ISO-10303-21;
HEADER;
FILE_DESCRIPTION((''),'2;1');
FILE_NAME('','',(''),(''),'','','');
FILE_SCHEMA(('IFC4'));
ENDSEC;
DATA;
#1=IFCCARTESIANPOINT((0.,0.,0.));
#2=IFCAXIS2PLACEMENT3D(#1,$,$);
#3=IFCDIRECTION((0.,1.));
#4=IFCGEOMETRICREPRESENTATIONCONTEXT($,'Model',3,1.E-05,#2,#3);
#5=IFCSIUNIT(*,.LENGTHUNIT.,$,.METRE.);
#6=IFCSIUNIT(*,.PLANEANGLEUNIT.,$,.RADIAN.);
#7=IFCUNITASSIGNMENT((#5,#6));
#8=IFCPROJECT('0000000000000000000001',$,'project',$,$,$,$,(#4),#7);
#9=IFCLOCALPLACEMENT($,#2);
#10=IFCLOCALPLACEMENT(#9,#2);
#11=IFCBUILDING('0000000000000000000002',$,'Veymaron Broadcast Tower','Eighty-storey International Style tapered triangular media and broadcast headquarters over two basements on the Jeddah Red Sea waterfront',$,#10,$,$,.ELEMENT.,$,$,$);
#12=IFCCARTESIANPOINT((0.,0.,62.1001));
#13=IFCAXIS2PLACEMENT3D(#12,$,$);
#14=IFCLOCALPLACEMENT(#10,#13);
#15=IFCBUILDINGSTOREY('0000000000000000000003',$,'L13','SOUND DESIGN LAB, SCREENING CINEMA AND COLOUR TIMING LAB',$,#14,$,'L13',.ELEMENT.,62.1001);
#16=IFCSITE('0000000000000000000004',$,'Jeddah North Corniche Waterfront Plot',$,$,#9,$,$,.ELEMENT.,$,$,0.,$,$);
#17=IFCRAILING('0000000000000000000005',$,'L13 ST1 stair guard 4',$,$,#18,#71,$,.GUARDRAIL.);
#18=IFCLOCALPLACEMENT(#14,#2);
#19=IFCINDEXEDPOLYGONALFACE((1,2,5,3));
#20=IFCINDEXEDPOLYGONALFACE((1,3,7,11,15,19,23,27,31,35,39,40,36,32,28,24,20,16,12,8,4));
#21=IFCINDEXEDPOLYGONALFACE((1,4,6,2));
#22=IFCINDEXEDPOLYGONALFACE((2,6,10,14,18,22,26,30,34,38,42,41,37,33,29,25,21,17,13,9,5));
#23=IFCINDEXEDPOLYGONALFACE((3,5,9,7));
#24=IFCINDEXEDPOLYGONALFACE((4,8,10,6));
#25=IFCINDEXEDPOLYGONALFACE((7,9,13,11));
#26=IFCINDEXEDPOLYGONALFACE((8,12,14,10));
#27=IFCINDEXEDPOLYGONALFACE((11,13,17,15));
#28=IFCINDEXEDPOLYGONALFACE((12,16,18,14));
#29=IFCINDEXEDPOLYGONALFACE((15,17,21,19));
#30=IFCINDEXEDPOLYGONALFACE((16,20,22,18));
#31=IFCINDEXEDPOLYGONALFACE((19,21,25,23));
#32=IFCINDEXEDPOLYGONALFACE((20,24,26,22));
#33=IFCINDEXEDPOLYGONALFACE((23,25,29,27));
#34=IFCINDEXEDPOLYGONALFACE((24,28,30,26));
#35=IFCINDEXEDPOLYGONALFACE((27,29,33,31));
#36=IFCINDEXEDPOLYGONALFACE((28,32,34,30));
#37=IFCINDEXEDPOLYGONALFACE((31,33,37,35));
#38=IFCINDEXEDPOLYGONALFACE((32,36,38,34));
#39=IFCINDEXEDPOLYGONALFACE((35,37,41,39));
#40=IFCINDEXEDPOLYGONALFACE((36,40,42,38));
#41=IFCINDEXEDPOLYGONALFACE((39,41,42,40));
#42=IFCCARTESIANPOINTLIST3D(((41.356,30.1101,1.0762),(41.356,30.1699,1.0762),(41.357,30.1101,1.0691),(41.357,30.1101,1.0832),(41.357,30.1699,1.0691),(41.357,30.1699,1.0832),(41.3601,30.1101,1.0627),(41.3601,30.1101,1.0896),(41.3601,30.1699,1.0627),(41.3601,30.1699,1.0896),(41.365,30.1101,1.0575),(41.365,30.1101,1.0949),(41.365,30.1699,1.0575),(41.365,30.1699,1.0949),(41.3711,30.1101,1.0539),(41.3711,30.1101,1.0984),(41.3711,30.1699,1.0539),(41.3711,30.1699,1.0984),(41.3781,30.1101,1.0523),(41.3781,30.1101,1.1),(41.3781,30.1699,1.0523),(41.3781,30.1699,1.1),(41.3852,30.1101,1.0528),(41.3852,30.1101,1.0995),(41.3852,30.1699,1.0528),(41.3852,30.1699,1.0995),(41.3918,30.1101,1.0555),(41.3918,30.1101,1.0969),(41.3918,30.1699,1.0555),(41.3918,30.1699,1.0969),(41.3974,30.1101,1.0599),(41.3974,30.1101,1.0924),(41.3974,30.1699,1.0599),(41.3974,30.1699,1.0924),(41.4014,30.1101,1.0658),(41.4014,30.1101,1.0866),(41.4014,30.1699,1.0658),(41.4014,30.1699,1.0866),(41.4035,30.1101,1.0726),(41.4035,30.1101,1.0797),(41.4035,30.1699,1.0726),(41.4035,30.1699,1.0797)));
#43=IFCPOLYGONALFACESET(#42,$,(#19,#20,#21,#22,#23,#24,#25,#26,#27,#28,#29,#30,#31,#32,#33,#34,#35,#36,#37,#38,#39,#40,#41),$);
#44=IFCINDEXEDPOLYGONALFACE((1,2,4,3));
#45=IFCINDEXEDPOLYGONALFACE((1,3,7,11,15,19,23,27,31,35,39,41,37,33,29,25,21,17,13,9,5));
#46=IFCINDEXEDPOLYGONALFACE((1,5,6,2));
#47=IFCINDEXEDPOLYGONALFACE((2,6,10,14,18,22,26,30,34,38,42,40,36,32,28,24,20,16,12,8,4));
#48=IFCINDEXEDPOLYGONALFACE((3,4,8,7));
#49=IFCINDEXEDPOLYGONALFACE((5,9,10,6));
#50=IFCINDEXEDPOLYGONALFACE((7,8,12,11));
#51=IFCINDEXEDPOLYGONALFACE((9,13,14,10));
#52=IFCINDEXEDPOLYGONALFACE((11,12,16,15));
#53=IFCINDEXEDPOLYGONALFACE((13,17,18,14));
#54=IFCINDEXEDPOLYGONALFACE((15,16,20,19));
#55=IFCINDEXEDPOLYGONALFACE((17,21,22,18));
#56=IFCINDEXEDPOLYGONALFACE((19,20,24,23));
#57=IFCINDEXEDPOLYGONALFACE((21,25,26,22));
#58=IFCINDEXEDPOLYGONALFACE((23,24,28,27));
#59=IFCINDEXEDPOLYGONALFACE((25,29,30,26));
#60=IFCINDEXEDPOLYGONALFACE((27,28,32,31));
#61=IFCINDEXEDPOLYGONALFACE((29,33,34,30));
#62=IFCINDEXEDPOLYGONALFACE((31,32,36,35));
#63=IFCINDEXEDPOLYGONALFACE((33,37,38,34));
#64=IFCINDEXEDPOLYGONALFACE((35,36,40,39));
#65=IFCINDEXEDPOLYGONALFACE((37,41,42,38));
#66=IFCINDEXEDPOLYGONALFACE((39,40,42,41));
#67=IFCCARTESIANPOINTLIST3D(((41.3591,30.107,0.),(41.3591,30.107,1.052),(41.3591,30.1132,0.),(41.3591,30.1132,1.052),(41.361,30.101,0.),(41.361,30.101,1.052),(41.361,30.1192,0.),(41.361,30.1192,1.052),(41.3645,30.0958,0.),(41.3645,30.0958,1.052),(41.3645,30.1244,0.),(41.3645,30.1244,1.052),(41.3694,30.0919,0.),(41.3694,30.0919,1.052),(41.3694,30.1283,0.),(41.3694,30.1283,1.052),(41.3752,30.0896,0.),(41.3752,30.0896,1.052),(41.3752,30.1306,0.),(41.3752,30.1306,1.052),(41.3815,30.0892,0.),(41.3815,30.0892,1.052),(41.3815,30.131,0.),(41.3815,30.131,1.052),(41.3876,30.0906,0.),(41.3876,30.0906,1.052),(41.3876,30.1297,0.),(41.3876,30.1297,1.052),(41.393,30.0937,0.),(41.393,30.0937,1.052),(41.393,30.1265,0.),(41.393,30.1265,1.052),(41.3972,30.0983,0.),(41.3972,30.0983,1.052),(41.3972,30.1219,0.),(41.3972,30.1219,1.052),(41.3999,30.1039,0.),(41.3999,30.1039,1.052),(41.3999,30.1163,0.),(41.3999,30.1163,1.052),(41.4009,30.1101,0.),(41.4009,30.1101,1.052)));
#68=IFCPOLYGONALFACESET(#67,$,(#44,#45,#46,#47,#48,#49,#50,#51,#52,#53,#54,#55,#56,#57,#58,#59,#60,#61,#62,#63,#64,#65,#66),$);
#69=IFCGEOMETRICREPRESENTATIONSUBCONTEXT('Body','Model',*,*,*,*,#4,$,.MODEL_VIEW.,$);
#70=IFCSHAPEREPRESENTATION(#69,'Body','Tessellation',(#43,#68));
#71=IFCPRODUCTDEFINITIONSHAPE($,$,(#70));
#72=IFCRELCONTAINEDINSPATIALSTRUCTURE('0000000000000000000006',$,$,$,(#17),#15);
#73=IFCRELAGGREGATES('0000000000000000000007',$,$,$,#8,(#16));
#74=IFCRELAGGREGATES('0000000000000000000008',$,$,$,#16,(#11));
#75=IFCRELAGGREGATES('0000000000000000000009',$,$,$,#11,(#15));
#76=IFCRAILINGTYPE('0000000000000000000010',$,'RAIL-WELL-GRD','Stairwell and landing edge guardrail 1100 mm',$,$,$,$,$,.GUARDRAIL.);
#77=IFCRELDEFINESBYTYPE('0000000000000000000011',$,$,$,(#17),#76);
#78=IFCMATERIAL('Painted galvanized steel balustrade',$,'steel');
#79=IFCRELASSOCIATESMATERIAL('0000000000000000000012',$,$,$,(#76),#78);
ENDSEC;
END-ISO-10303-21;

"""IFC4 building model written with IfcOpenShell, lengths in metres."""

from ifc_helpers import new_model, si_unit, direction, frame, origin, origin_2d, place, context, subcontext, project, spatial, circle, extrude, material, type_object, element, save


model = new_model("IFC4")

# Units and contexts
model_context = context("Model", 3, precision=1e-05, world=origin(), true_north=direction((0.0, 1.0)))
body_context = subcontext(model_context, "Body", "Model", "MODEL_VIEW")
ifc_project = project(units=[si_unit("LENGTHUNIT", "METRE"), si_unit("PLANEANGLEUNIT", "RADIAN")], contexts=[model_context])

# Site, building, storey
site_placement = place(None, origin())
site = spatial("IfcSite", under=ifc_project, at=site_placement, Name="Jeddah North Corniche Waterfront Plot", CompositionType="ELEMENT", RefElevation=0.0)
building_placement = place(site_placement, origin())
building = spatial("IfcBuilding", under=site, at=building_placement, Name="Veymaron Broadcast Tower", Description="Eighty-storey International Style tapered triangular media and broadcast headquarters over two basements on the Jeddah Red Sea waterfront", CompositionType="ELEMENT")
storey_placement = place(building_placement, frame((0.0, 0.0, 62.1001)))
storey = spatial("IfcBuildingStorey", under=building, at=storey_placement, Name="L13", Description="SOUND DESIGN LAB, SCREENING CINEMA AND COLOUR TIMING LAB", LongName="L13", CompositionType="ELEMENT", Elevation=62.1001)

# Railing
ifc_material_1 = material(Name="Painted galvanized steel balustrade", Category="steel")
railing_type_1 = type_object("IfcRailingType", Name="RAIL-WELL-GRD", Description="Stairwell and landing edge guardrail 1100 mm", PredefinedType="GUARDRAIL", material=ifc_material_1)
railing_1_placement = place(storey_placement, frame((41.3799, 30.1101, 0.0)))
element("IfcRailing", 1, at=railing_1_placement, inside=storey, type_object=railing_type_1, Name="L13 ST1 stair guard 4", PredefinedType="GUARDRAIL", context=body_context, shape_type="SweptSolid", body=[
    extrude(circle(Radius=0.0239, at=origin_2d()), frame((0.0, 0.0, 1.0762), z_axis=(0.0, 1.0, 0.0), x_axis=(-1.0, 0.0, 0.0)), (0.0, 0.0, 1.0), 0.0598),
    extrude(circle(Radius=0.021, at=origin_2d()), origin(), (0.0, 0.0, 1.0), 1.052),
])

save(model, "model.ifc")
